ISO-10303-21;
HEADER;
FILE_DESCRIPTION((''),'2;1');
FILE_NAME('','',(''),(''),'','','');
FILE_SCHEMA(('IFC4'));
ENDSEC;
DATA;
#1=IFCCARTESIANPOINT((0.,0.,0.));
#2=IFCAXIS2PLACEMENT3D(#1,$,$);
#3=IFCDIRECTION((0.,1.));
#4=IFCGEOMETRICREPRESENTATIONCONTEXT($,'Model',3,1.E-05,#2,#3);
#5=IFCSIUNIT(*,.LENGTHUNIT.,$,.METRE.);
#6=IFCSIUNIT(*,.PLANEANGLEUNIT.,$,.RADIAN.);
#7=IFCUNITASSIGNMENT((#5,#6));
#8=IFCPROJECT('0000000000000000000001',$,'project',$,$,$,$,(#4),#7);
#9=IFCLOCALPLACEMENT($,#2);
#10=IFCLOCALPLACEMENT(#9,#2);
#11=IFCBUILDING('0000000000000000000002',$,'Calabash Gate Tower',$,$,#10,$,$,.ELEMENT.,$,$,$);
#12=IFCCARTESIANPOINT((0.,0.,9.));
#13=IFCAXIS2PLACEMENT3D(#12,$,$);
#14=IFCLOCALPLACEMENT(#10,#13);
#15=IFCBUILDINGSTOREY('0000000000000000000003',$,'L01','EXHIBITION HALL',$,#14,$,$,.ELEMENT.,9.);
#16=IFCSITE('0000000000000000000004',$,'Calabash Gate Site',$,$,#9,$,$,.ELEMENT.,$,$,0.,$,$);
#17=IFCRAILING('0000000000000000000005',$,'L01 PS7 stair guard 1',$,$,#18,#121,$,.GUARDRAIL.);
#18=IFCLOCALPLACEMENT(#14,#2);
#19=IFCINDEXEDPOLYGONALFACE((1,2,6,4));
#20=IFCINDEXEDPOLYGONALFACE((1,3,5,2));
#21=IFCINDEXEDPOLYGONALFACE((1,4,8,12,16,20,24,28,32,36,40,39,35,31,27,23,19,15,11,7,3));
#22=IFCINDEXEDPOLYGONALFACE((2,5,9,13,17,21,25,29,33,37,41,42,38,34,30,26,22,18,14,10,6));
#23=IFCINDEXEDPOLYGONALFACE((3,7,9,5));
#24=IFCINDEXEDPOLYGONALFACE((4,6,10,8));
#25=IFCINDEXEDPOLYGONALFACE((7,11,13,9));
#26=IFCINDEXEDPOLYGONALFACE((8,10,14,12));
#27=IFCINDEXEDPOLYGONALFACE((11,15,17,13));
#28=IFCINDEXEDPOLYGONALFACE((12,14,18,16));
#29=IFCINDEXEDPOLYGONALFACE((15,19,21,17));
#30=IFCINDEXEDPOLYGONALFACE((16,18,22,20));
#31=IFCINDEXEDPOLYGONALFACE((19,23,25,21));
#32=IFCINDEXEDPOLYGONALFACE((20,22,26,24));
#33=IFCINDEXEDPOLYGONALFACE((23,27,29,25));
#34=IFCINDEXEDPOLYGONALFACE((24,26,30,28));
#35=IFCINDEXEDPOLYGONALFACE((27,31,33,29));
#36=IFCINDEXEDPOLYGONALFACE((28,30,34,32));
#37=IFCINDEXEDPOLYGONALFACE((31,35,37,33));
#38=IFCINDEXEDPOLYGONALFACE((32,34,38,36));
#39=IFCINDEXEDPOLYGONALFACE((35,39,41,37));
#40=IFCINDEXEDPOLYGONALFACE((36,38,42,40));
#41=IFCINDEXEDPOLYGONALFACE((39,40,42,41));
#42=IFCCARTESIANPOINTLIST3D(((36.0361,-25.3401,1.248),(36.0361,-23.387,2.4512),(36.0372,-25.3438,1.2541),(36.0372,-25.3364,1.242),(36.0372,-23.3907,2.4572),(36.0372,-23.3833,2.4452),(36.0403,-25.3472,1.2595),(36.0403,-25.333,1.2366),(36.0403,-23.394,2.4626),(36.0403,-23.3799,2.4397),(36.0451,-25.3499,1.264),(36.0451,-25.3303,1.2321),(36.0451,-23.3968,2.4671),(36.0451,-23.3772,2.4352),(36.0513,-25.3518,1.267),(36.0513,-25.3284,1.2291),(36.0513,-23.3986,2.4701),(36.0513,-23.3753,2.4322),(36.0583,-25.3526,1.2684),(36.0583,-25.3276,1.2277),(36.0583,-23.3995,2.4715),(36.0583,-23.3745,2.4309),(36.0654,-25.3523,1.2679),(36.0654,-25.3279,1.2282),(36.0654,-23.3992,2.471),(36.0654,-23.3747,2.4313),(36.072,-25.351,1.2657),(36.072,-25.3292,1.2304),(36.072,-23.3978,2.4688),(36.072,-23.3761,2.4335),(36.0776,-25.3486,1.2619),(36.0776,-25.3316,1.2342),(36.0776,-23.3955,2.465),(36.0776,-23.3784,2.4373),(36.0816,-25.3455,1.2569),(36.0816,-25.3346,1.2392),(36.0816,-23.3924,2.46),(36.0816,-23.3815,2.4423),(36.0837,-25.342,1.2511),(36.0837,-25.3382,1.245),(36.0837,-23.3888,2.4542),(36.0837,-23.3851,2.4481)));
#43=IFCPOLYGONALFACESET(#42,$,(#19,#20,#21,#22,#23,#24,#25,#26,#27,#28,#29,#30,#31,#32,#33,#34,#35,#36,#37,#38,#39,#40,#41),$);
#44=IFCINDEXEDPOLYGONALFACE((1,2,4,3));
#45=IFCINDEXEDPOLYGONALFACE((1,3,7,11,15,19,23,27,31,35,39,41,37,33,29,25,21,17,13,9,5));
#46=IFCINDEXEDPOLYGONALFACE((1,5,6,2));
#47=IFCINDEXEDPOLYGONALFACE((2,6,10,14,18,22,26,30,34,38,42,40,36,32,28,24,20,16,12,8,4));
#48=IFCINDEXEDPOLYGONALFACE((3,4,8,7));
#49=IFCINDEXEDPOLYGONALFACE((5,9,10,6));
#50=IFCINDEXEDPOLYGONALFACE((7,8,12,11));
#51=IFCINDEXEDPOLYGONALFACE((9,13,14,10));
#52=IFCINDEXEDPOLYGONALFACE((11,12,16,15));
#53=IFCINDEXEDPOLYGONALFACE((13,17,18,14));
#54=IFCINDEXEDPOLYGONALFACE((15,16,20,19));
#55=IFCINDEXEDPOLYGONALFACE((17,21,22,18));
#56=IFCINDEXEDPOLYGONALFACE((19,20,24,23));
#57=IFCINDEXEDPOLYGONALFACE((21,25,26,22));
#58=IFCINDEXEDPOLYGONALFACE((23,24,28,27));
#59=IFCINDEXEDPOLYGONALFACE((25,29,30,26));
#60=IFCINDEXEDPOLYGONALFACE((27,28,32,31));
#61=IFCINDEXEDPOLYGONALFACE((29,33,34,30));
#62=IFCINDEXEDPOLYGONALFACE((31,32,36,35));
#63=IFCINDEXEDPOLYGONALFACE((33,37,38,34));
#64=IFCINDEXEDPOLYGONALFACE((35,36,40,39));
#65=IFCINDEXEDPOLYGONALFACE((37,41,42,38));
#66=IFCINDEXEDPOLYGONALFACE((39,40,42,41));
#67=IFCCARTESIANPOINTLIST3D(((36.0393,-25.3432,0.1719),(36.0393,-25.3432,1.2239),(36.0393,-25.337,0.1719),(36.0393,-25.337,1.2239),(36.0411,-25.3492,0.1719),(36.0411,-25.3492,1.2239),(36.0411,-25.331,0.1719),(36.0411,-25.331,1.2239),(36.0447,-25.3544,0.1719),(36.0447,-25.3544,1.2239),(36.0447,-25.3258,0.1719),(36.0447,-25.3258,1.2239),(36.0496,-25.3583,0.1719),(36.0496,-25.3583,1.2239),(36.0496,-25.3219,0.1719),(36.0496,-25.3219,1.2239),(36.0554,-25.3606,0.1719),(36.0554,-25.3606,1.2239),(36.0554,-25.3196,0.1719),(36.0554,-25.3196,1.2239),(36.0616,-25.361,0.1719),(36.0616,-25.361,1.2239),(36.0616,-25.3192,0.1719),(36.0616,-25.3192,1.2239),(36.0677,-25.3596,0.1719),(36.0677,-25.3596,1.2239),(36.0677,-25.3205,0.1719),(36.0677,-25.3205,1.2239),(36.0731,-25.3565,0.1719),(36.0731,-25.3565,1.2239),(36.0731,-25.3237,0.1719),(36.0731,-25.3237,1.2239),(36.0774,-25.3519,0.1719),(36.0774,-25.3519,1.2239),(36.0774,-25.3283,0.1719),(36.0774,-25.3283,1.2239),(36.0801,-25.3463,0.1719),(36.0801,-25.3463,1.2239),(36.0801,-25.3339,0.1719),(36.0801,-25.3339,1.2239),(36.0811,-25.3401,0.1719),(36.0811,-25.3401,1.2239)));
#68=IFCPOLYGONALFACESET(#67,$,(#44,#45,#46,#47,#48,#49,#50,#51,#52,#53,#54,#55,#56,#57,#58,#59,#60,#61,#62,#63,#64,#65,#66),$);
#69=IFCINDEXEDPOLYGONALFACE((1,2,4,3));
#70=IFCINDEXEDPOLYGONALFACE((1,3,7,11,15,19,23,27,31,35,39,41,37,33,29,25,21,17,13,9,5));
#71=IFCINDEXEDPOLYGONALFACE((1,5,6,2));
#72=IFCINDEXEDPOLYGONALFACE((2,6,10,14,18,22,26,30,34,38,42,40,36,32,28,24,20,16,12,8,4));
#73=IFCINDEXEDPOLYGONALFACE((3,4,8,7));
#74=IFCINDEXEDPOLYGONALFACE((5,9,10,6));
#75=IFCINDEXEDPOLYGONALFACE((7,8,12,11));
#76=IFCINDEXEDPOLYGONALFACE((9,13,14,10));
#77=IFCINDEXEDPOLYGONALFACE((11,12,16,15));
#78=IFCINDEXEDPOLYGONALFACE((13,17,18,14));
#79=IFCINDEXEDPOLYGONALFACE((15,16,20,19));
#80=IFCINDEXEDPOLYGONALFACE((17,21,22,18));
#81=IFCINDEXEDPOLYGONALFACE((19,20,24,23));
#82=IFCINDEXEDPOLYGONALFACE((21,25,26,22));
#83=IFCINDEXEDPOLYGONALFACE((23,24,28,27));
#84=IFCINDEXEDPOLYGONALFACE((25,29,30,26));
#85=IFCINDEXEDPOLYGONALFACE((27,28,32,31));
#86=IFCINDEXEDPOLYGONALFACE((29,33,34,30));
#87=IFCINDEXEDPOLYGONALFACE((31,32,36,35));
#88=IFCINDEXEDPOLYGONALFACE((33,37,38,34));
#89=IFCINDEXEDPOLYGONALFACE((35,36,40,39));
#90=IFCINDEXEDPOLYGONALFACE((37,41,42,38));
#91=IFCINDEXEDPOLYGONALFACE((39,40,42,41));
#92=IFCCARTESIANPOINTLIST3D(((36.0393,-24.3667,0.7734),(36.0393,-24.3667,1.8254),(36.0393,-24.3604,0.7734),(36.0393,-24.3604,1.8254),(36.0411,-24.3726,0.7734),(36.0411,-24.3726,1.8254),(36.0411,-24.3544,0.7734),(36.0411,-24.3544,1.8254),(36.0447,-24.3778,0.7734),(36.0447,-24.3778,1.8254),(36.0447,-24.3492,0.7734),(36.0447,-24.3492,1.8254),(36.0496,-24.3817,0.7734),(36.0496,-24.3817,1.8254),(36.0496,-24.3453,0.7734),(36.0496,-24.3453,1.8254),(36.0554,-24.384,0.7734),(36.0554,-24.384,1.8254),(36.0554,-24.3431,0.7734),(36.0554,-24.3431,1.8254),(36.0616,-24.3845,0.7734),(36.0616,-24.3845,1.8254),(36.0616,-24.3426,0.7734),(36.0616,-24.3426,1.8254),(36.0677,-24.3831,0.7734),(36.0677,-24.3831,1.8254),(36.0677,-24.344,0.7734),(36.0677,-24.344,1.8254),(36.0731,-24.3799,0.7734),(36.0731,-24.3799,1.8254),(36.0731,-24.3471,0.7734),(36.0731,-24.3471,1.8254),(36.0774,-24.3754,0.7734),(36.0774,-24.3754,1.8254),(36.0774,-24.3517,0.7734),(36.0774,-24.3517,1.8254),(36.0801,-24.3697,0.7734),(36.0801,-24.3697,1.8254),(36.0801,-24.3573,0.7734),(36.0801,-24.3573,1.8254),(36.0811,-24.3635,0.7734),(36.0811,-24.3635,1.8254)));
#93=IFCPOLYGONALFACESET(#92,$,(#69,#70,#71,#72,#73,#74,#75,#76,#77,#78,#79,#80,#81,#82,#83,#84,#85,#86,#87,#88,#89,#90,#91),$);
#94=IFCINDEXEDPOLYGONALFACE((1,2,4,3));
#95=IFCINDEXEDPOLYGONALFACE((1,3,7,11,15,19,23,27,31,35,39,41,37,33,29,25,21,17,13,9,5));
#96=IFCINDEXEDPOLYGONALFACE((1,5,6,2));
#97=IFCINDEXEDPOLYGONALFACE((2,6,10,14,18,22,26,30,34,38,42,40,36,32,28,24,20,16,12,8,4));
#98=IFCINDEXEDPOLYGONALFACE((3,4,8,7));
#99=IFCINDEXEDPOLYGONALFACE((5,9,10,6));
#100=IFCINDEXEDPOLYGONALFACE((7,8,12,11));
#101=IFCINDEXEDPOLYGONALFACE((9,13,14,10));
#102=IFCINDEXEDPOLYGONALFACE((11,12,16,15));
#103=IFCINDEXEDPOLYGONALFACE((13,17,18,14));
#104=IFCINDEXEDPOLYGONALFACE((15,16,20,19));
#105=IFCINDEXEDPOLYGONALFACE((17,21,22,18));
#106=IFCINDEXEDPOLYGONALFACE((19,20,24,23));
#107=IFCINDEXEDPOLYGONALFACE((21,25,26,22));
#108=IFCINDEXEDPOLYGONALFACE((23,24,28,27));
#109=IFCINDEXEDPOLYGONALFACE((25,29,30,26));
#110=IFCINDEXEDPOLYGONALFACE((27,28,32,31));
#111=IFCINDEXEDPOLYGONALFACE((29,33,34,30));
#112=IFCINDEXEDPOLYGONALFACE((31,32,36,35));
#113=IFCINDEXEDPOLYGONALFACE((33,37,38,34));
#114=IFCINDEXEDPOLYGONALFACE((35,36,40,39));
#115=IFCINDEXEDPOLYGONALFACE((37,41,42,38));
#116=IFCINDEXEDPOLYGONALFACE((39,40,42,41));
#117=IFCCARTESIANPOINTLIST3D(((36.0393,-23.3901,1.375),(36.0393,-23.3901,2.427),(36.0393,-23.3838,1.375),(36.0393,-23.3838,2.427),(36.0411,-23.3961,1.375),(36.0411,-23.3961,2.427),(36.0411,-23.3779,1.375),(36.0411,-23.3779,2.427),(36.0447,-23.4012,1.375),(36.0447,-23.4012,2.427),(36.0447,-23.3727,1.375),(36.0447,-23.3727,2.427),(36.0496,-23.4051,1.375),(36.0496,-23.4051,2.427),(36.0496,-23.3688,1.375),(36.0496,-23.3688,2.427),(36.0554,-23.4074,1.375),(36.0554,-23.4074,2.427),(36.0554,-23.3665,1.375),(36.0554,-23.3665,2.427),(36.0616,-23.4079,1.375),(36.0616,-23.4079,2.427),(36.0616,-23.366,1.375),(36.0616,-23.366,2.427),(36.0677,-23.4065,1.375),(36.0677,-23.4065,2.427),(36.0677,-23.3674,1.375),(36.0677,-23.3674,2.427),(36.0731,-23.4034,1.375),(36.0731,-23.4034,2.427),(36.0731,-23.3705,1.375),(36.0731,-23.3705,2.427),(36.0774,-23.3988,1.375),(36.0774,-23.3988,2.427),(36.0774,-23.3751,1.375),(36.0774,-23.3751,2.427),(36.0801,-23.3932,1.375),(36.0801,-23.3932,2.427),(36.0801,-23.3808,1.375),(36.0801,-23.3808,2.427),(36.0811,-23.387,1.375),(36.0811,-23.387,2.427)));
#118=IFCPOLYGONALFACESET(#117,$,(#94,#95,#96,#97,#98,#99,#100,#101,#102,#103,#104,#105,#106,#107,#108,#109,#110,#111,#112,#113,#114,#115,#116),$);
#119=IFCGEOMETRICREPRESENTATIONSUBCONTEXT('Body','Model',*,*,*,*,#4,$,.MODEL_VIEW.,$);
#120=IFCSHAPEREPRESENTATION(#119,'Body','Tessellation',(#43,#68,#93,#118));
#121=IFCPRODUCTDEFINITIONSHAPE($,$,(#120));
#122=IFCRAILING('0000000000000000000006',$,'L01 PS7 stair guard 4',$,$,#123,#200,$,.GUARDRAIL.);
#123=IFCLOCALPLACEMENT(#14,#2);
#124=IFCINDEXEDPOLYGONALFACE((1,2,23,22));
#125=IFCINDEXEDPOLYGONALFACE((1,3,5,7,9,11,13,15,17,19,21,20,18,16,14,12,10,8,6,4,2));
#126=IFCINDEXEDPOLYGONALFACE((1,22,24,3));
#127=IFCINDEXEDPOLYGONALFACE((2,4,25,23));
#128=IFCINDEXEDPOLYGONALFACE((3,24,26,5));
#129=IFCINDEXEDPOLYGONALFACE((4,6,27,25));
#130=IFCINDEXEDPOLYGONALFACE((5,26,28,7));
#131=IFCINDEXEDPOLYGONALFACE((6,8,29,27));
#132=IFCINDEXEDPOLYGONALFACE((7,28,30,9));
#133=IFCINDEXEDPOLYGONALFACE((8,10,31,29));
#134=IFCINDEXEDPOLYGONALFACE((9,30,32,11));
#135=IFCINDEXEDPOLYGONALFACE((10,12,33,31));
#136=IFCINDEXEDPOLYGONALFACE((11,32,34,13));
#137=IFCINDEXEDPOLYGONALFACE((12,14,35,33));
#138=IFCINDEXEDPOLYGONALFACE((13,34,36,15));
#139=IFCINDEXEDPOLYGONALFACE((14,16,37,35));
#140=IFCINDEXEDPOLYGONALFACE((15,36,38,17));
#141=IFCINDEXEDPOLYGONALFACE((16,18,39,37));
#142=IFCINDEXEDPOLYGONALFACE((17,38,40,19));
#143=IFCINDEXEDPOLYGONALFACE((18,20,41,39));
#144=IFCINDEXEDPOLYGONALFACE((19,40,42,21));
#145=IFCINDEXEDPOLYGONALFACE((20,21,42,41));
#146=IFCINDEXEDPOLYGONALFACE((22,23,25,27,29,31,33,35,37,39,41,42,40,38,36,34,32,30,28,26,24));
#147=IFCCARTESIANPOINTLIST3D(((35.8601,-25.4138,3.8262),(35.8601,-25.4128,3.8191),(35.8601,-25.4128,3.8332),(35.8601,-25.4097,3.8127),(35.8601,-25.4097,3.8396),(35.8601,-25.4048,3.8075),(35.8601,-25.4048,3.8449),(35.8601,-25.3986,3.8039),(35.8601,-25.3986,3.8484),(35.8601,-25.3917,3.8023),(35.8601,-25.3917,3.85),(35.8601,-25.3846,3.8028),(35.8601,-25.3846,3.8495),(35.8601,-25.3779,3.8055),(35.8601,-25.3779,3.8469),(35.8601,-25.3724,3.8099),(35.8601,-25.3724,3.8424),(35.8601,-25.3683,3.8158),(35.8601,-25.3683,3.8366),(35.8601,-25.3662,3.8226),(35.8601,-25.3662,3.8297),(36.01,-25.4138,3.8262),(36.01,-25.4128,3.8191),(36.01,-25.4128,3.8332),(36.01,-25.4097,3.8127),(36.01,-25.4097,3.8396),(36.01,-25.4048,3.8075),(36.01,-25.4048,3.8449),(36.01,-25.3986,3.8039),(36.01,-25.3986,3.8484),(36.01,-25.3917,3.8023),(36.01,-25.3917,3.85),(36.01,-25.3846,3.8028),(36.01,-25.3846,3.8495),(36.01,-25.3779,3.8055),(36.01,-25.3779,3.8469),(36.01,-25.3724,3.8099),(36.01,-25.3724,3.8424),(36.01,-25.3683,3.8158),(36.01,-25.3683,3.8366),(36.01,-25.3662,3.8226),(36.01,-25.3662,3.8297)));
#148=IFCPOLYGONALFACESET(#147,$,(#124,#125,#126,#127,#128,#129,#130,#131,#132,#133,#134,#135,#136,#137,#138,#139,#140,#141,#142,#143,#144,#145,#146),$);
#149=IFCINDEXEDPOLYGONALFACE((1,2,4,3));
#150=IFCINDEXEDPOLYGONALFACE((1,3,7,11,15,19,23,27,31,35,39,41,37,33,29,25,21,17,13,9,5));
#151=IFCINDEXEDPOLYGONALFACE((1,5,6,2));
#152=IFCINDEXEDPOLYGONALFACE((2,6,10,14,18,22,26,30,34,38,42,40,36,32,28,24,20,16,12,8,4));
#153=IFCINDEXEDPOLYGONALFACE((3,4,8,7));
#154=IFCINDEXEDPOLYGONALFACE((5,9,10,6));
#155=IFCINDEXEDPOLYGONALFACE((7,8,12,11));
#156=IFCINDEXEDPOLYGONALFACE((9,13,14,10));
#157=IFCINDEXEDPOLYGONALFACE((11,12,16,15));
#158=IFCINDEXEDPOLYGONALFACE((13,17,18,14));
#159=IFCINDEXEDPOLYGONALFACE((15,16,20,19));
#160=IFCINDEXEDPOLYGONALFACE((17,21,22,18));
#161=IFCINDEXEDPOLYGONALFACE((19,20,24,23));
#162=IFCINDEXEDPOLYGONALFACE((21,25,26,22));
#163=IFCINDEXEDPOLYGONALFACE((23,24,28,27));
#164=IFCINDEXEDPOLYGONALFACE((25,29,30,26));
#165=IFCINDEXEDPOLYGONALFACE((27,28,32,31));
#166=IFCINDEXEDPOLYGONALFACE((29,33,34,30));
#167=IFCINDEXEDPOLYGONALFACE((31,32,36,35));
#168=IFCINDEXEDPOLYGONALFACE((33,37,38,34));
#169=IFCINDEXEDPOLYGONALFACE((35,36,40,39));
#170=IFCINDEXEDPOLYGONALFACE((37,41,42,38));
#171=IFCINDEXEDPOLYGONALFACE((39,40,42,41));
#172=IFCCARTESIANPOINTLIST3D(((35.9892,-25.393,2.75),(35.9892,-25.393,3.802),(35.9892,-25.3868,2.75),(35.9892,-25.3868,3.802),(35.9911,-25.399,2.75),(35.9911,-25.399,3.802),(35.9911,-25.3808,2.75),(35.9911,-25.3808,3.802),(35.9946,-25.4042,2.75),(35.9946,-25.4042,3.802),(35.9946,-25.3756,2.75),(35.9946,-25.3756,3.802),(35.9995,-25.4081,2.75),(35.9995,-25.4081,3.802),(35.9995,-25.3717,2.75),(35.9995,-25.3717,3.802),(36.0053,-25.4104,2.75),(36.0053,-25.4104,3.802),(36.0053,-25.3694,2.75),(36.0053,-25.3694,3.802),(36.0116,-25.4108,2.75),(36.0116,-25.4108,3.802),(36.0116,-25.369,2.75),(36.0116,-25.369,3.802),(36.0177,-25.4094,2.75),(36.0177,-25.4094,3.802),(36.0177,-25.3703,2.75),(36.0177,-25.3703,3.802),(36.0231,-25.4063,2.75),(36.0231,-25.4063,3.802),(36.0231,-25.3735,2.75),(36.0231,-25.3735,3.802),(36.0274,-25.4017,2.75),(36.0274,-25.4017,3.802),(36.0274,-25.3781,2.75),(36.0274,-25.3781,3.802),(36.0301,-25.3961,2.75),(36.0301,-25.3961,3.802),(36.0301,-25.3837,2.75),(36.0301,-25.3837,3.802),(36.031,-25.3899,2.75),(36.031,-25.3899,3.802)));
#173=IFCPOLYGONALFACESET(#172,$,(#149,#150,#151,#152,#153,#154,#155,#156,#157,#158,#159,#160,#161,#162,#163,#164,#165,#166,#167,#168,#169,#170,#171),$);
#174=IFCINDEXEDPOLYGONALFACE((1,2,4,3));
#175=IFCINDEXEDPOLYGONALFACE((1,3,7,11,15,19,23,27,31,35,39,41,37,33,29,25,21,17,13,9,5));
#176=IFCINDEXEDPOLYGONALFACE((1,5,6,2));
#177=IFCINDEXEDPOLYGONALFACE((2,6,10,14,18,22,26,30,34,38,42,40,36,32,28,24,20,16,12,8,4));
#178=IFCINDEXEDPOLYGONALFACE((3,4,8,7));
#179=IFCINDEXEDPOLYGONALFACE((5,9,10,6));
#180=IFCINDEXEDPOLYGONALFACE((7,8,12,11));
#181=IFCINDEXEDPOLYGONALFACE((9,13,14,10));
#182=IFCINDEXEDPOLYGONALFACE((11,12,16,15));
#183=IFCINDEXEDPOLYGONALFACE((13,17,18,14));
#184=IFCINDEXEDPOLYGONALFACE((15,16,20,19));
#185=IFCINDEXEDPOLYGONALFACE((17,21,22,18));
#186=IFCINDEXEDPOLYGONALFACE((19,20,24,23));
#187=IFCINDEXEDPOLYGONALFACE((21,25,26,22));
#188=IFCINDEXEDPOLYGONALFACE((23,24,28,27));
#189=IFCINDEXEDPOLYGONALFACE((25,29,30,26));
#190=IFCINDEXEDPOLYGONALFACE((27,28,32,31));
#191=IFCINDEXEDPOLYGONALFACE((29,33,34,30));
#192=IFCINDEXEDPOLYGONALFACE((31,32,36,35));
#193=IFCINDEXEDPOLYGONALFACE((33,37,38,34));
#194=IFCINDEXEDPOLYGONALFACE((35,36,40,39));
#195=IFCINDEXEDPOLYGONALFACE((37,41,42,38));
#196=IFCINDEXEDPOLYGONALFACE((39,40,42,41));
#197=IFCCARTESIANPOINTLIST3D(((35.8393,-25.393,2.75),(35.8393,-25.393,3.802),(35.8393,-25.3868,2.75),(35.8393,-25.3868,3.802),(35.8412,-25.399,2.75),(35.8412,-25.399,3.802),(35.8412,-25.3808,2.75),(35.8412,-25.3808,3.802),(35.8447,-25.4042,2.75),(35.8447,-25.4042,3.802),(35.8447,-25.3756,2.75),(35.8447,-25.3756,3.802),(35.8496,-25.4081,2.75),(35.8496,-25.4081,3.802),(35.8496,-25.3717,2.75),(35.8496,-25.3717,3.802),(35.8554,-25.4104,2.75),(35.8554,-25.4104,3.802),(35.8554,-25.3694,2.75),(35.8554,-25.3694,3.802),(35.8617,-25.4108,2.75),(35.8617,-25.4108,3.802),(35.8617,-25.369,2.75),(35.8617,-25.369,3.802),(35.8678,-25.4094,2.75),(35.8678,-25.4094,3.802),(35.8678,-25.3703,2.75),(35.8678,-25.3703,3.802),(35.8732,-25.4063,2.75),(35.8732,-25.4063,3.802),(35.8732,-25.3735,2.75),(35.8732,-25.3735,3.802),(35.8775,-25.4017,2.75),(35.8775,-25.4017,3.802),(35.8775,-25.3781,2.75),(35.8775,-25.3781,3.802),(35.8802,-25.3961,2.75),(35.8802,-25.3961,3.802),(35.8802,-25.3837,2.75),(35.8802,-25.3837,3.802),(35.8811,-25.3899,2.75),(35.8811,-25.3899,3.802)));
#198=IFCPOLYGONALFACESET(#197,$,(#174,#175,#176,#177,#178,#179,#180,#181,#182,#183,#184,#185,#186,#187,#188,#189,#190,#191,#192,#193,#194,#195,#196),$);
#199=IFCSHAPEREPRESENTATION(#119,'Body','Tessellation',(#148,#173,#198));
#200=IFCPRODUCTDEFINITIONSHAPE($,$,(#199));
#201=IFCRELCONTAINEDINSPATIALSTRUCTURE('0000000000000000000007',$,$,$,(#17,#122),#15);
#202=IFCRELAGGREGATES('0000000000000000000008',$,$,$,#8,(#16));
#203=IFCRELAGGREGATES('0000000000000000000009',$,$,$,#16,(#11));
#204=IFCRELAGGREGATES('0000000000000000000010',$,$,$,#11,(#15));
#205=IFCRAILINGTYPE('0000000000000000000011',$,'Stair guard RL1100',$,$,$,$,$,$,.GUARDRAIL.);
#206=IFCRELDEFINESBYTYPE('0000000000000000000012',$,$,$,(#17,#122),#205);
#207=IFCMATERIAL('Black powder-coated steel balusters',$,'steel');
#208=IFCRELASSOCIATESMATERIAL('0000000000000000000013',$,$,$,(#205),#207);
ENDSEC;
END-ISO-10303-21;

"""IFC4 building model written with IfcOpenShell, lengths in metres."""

from ifc_helpers import new_model, si_unit, direction, frame, origin, origin_2d, place, context, subcontext, project, spatial, circle, extrude, material, type_object, element, save


model = new_model("IFC4")

# Units and contexts
model_context = context("Model", 3, precision=1e-05, world=origin(), true_north=direction((0.0, 1.0)))
body_context = subcontext(model_context, "Body", "Model", "MODEL_VIEW")
ifc_project = project(units=[si_unit("LENGTHUNIT", "METRE"), si_unit("PLANEANGLEUNIT", "RADIAN")], contexts=[model_context])

# Site, building, storey
site_placement = place(None, origin())
site = spatial("IfcSite", under=ifc_project, at=site_placement, Name="Calabash Gate Site", CompositionType="ELEMENT", RefElevation=0.0)
building_placement = place(site_placement, origin())
building = spatial("IfcBuilding", under=site, at=building_placement, Name="Calabash Gate Tower", CompositionType="ELEMENT")
storey_placement = place(building_placement, frame((0.0, 0.0, 9.0)))
storey = spatial("IfcBuildingStorey", under=building, at=storey_placement, Name="L01", Description="EXHIBITION HALL", CompositionType="ELEMENT", Elevation=9.0)

# Railings
ifc_material_1 = material(Name="Black powder-coated steel balusters", Category="steel")
railing_type_1 = type_object("IfcRailingType", Name="Stair guard RL1100", PredefinedType="GUARDRAIL", material=ifc_material_1)
railing_1_placement = place(storey_placement, frame((36.0601, -25.3401, 0.1719)))
element("IfcRailing", 1, at=railing_1_placement, inside=storey, type_object=railing_type_1, Name="L01 PS7 stair guard 1", PredefinedType="GUARDRAIL", context=body_context, shape_type="SweptSolid", body=[
    extrude(circle(Radius=0.0239, at=origin_2d()), frame((0.0, 0.0, 1.0762), z_axis=(0.0, 0.851424, 0.524477), x_axis=(-1.0, 0.0, 0.0)), (0.0, 0.0, 1.0), 2.2939),
    extrude(circle(Radius=0.021, at=origin_2d()), origin(), (0.0, 0.0, 1.0), 1.052),
    extrude(circle(Radius=0.021, at=origin_2d()), frame((0.0, 0.9766, 0.6016)), (0.0, 0.0, 1.0), 1.052),
    extrude(circle(Radius=0.021, at=origin_2d()), frame((0.0, 1.9531, 1.2031)), (0.0, 0.0, 1.0), 1.052),
])
railing_2_placement = place(storey_placement, frame((36.01, -25.3899, 2.75)))
element("IfcRailing", 2, at=railing_2_placement, inside=storey, type_object=railing_type_1, Name="L01 PS7 stair guard 4", PredefinedType="GUARDRAIL", context=body_context, shape_type="SweptSolid", body=[
    extrude(circle(Radius=0.0239, at=origin_2d()), frame((0.0, 0.0, 1.0762), z_axis=(-1.0, 0.0, 0.0), x_axis=(0.0, -1.0, 0.0)), (0.0, 0.0, 1.0), 0.1499),
    extrude(circle(Radius=0.021, at=origin_2d()), origin(), (0.0, 0.0, 1.0), 1.052),
    extrude(circle(Radius=0.021, at=origin_2d()), frame((-0.1499, 0.0, 0.0)), (0.0, 0.0, 1.0), 1.052),
])

save(model, "model.ifc")
